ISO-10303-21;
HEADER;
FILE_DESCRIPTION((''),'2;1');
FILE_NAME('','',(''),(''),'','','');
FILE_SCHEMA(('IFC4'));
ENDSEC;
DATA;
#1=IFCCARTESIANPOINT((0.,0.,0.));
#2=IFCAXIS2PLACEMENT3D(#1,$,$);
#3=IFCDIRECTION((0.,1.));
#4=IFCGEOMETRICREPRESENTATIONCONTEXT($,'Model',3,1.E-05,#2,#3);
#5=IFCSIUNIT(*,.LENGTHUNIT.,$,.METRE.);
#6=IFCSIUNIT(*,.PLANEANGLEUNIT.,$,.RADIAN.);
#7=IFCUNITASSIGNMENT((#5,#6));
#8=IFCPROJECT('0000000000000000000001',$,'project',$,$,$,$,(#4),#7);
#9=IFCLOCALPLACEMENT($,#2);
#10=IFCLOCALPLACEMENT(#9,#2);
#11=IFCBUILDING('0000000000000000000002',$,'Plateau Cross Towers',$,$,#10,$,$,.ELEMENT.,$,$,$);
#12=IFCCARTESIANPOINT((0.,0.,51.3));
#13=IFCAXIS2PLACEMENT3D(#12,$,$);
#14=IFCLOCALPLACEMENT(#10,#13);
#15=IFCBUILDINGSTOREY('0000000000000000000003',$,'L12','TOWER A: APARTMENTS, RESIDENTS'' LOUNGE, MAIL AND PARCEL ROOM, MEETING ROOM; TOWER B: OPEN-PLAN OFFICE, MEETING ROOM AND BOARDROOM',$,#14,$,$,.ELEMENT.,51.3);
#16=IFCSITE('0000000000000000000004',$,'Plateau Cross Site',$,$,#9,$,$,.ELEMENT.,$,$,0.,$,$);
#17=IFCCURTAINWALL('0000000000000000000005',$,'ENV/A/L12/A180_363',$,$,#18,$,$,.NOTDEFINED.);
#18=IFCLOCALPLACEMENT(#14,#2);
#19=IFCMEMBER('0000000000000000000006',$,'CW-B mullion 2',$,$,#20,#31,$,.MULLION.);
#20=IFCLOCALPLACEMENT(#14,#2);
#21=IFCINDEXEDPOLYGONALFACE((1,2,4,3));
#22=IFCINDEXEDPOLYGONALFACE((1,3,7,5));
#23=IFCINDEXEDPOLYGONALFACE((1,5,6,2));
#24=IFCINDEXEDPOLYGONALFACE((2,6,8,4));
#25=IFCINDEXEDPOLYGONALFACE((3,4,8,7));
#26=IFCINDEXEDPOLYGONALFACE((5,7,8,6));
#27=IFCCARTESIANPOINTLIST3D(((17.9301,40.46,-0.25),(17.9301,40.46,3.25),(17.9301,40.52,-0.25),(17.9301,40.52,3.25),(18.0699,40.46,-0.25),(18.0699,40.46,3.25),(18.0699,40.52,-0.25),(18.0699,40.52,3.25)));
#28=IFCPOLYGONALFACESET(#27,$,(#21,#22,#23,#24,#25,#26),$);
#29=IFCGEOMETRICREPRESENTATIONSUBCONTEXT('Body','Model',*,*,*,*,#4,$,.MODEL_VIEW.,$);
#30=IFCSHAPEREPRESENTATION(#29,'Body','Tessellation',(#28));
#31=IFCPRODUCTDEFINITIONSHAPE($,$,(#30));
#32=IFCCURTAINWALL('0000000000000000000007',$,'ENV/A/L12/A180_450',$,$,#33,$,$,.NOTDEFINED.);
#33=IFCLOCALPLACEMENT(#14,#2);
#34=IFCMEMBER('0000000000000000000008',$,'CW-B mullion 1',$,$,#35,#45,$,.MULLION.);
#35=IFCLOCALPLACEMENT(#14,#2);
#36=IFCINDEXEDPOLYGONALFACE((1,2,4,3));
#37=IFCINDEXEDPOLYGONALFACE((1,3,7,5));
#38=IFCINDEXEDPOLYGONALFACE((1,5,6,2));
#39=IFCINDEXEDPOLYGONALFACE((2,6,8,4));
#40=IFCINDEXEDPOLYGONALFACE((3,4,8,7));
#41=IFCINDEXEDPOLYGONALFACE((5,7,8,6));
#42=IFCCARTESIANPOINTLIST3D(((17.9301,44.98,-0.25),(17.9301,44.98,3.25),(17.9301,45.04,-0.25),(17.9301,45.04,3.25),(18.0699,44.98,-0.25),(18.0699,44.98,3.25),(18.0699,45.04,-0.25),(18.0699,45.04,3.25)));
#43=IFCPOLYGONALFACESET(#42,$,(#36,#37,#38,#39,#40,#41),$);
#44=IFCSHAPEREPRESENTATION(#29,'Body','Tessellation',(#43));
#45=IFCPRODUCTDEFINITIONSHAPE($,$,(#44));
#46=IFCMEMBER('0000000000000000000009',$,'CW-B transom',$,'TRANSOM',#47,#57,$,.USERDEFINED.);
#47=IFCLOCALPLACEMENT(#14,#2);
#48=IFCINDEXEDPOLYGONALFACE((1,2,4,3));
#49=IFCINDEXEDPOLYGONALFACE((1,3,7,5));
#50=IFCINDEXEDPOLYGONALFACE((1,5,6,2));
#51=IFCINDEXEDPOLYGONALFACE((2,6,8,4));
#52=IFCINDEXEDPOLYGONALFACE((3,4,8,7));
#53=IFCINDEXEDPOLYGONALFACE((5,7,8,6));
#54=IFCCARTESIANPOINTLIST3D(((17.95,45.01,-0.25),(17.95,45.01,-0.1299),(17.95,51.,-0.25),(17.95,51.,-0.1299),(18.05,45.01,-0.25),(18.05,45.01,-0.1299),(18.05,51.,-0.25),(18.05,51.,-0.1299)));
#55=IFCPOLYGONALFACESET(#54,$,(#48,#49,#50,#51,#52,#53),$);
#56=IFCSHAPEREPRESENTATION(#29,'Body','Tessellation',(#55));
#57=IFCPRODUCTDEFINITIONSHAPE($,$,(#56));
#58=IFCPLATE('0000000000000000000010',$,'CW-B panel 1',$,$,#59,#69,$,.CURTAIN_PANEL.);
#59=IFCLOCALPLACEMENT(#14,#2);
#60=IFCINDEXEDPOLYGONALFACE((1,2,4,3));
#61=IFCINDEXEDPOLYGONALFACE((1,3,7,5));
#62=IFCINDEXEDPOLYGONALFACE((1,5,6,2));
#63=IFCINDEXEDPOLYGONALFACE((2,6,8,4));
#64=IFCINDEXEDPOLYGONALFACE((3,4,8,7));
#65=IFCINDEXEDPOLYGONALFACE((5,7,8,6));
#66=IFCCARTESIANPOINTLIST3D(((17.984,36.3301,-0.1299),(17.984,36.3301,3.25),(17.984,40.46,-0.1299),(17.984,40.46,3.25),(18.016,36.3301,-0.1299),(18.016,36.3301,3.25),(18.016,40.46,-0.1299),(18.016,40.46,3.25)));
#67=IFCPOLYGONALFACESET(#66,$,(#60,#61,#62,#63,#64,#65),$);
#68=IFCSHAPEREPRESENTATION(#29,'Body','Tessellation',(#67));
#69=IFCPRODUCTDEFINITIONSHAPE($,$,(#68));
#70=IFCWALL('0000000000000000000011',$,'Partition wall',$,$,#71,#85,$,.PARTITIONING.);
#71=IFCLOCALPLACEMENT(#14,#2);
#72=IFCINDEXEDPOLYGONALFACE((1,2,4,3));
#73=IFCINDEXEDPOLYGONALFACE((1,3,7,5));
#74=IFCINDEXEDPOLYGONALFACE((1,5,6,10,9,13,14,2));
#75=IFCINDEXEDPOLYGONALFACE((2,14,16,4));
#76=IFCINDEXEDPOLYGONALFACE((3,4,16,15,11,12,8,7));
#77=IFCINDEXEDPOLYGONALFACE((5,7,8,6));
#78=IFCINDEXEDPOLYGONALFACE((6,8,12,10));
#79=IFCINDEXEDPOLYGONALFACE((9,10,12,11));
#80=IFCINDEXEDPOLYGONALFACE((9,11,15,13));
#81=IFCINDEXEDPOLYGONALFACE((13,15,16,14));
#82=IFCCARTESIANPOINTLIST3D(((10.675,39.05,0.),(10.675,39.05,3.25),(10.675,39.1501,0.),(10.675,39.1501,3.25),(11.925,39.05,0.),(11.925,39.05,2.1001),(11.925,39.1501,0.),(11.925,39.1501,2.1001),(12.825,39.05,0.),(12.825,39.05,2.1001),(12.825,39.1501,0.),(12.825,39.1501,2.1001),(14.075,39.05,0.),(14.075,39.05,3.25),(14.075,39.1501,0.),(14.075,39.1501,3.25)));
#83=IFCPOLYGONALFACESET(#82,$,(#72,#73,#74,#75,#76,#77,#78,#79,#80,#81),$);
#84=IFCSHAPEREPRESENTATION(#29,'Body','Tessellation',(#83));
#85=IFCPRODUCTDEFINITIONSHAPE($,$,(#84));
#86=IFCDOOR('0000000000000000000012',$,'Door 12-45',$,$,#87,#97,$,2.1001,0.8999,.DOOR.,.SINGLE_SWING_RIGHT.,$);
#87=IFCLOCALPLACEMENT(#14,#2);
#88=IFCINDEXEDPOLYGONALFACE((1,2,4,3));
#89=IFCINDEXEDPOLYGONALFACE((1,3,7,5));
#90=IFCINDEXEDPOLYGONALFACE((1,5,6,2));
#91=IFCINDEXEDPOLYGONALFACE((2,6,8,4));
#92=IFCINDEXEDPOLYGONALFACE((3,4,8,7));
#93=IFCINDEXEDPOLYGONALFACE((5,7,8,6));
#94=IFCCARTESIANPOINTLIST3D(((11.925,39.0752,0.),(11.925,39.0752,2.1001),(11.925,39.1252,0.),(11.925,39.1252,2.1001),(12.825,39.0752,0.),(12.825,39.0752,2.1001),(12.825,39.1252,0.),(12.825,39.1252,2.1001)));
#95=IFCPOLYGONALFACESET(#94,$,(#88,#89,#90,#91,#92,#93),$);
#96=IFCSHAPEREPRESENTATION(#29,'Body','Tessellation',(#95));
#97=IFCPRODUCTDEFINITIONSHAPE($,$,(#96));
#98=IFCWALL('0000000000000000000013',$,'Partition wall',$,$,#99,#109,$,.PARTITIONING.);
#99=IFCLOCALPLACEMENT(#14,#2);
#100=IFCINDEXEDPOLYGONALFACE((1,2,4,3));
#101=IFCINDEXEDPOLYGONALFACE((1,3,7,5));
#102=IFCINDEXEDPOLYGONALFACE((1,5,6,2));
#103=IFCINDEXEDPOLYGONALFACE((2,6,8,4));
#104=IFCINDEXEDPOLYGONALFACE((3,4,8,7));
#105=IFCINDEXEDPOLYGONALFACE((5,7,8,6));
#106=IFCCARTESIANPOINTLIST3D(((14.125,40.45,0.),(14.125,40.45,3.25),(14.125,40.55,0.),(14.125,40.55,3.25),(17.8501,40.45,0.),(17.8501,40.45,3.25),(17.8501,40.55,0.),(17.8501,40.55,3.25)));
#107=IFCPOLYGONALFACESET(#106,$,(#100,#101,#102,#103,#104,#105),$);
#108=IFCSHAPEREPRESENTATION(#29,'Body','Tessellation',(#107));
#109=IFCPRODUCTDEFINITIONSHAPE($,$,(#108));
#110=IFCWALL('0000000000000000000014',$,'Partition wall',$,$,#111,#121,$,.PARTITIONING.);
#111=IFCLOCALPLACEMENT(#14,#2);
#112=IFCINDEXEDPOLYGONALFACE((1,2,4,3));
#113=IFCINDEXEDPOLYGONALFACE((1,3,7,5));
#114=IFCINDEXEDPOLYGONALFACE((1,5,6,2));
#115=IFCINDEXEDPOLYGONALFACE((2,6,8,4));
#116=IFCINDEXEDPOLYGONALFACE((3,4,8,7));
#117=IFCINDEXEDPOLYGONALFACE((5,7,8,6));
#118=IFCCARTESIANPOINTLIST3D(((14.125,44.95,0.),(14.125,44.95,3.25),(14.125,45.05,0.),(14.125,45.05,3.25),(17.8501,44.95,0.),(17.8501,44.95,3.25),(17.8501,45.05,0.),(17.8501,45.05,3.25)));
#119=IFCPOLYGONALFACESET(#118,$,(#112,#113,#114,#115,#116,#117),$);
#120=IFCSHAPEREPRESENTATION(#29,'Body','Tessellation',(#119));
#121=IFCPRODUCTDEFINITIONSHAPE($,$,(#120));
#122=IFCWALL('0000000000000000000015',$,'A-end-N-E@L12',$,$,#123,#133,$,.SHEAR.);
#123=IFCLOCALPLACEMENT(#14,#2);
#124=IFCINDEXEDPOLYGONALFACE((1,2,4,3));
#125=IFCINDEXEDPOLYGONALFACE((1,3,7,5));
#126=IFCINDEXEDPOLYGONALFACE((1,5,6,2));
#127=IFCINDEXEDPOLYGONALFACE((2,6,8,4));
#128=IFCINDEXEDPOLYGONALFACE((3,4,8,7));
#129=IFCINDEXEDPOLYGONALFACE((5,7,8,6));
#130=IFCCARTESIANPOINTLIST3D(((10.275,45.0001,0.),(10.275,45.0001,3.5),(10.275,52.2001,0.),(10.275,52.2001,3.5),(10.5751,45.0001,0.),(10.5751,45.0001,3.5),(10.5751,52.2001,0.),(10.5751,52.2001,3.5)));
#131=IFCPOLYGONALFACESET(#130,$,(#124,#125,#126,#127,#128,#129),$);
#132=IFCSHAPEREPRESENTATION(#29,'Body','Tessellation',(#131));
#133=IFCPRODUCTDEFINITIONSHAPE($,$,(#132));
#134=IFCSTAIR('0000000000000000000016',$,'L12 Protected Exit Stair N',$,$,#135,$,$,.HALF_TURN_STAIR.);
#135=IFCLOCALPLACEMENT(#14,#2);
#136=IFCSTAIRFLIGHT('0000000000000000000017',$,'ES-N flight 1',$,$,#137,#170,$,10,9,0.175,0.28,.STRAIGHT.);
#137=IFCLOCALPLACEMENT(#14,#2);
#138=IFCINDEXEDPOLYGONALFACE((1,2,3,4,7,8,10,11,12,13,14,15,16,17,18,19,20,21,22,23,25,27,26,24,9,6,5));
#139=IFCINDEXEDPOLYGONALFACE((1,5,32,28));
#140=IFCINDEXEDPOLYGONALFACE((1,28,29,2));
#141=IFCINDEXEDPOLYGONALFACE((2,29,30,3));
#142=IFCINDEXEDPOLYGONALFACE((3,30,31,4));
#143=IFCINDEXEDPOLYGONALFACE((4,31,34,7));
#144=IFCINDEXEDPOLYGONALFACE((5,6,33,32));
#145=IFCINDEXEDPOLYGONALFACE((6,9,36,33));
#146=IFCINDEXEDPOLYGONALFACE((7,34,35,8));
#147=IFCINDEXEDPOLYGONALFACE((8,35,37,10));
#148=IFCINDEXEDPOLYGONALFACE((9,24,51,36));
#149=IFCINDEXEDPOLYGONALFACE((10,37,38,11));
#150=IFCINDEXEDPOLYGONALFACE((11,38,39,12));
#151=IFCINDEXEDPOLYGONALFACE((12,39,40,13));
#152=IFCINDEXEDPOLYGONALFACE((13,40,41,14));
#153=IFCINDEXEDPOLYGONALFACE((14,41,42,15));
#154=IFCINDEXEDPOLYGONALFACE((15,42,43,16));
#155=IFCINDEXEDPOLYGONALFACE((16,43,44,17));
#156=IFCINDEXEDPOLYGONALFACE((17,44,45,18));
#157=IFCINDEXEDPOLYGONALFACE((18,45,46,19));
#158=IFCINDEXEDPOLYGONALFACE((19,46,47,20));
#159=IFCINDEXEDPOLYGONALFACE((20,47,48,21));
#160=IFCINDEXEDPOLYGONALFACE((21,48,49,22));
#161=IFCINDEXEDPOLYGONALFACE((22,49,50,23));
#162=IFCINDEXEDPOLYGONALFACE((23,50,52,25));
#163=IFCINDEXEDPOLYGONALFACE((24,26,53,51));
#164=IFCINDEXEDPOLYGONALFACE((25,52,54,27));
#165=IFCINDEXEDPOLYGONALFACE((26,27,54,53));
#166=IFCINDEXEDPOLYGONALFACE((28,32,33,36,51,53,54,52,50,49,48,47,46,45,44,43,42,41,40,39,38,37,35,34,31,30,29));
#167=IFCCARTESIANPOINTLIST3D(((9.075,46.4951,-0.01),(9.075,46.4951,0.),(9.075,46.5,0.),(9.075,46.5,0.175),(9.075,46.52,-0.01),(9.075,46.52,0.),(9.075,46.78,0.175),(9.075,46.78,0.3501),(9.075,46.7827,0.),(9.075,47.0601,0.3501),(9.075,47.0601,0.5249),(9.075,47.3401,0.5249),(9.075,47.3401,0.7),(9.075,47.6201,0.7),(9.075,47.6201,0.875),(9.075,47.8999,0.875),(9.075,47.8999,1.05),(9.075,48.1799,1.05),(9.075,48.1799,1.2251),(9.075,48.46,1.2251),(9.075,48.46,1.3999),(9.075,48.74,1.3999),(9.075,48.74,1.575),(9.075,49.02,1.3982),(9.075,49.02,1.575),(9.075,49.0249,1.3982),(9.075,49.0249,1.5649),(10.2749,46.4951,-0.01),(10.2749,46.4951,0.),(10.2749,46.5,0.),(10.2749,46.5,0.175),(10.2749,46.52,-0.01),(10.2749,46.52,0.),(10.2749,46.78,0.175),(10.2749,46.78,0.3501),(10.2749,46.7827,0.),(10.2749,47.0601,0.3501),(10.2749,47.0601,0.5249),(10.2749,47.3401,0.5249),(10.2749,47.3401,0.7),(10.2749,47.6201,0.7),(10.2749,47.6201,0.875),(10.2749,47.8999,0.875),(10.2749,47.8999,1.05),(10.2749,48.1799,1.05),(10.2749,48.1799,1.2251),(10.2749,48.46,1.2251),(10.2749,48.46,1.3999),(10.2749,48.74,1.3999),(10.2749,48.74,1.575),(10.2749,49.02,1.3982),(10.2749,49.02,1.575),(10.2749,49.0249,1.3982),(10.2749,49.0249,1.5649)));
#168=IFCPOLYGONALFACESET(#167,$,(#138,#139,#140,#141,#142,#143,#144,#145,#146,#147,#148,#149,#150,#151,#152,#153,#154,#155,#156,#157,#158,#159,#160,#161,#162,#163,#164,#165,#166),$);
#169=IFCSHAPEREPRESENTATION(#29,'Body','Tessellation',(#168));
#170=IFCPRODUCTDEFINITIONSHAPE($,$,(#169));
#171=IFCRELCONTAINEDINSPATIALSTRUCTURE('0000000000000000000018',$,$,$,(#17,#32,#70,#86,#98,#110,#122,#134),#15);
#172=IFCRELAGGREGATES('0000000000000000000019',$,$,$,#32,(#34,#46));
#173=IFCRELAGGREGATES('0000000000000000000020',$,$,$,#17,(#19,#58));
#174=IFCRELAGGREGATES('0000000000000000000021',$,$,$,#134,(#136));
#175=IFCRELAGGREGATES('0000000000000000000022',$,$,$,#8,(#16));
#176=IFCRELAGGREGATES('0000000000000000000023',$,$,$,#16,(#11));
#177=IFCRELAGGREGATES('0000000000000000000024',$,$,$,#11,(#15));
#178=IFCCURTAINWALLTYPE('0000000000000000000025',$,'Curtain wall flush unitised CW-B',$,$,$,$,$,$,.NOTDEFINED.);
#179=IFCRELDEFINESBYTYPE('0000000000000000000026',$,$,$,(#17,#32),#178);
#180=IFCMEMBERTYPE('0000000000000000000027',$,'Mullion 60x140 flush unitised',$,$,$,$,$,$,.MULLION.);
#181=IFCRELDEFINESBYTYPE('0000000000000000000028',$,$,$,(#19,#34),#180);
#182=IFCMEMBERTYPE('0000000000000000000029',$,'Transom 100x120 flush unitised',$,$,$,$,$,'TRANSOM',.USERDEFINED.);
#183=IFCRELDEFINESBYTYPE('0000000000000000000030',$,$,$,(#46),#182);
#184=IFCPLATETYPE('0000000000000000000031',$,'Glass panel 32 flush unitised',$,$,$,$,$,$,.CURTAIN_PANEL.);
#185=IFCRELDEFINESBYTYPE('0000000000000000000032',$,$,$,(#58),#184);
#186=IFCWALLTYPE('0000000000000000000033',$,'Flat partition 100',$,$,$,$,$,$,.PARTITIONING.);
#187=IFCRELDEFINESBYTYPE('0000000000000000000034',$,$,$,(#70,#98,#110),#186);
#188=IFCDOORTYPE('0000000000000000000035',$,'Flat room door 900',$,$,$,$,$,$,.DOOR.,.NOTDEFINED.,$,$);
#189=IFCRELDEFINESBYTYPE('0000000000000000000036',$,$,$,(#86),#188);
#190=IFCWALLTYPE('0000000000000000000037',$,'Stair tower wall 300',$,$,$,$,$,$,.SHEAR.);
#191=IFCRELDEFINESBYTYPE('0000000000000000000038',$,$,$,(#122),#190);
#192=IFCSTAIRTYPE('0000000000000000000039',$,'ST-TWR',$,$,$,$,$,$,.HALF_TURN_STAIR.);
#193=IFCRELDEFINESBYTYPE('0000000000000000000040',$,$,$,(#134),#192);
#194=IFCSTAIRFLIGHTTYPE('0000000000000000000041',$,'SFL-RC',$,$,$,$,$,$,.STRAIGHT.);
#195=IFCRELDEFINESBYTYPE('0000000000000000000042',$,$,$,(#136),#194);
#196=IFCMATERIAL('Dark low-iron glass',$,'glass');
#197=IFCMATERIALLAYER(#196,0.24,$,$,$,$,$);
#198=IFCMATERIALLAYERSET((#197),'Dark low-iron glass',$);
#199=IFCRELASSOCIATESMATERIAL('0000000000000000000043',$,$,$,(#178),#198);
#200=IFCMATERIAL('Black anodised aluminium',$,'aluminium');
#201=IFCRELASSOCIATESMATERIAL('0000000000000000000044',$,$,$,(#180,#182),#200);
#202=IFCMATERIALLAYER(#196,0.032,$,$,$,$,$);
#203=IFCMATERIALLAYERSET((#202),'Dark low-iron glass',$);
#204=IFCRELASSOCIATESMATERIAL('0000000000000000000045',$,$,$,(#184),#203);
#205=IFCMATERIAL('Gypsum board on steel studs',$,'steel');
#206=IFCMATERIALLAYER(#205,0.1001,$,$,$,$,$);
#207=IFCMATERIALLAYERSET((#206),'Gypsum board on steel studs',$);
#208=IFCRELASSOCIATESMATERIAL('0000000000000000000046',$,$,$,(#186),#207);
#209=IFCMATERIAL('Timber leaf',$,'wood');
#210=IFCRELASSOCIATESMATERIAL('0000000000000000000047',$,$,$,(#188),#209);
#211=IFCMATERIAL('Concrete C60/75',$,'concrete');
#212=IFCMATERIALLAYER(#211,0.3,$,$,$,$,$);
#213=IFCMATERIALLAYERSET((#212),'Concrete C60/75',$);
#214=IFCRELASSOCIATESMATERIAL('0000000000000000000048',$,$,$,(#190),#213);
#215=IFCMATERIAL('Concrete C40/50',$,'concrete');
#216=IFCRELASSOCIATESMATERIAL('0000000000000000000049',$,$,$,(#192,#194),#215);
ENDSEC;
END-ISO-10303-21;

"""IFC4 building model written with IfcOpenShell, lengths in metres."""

from ifc_helpers import new_model, si_unit, direction, frame, frame_2d, origin, origin_2d, place, context, subcontext, project, spatial, polyline, rectangle, outline, extrude, material, layer, layer_set, material_profile, profile_set, type_object, element, fill, aggregate, save


model = new_model("IFC4")

# Units and contexts
model_context = context("Model", 3, precision=1e-05, world=origin(), true_north=direction((0.0, 1.0)))
body_context = subcontext(model_context, "Body", "Model", "MODEL_VIEW")
ifc_project = project(units=[si_unit("LENGTHUNIT", "METRE"), si_unit("PLANEANGLEUNIT", "RADIAN")], contexts=[model_context])

# Site, building, storey
site_placement = place(None, origin())
site = spatial("IfcSite", under=ifc_project, at=site_placement, Name="Plateau Cross Site", CompositionType="ELEMENT", RefElevation=0.0)
building_placement = place(site_placement, origin())
building = spatial("IfcBuilding", under=site, at=building_placement, Name="Plateau Cross Towers", CompositionType="ELEMENT")
storey_placement = place(building_placement, frame((0.0, 0.0, 51.3)))
storey = spatial("IfcBuildingStorey", under=building, at=storey_placement, Name="L12", Description="TOWER A: APARTMENTS, RESIDENTS' LOUNGE, MAIL AND PARCEL ROOM, MEETING ROOM; TOWER B: OPEN-PLAN OFFICE, MEETING ROOM AND BOARDROOM", CompositionType="ELEMENT", Elevation=51.3)

# Curtain wall, member
ifc_material_1 = material(Name="Dark low-iron glass", Category="glass")
ifc_layer_1 = layer(ifc_material_1, 0.24)
ifc_layer_set_1 = layer_set([ifc_layer_1], Name="Dark low-iron glass")
curtain_wall_type = type_object("IfcCurtainWallType", Name="Curtain wall flush unitised CW-B", PredefinedType="NOTDEFINED", material=ifc_layer_set_1)
curtain_wall_1_placement = place(storey_placement, origin())
curtain_wall_1 = element("IfcCurtainWall", 1, at=curtain_wall_1_placement, inside=storey, type_object=curtain_wall_type, Name="ENV/A/L12/A180_363", PredefinedType="NOTDEFINED")
ifc_material_2 = material(Name="Black anodised aluminium", Category="aluminium")
ifc_material_profile_1 = material_profile(ifc_material_2, rectangle(XDim=0.0601, YDim=0.1399, at=origin_2d()), Name="MULLION 60x140")
ifc_profile_set_1 = profile_set([ifc_material_profile_1], Name="Black anodised aluminium")
member_type_1 = type_object("IfcMemberType", Name="Mullion 60x140 flush unitised", PredefinedType="MULLION", material=ifc_profile_set_1)
member_1_placement = place(storey_placement, frame((18.0, 40.49, -0.25), z_axis=(0.0, 0.0, 1.0), x_axis=(0.0, 1.0, 0.0)))
member_1 = element("IfcMember", 2, at=member_1_placement, type_object=member_type_1, Name="CW-B mullion 2", PredefinedType="MULLION", context=body_context, shape_type="SweptSolid", body=[
    extrude(rectangle(XDim=0.0601, YDim=0.1399, at=origin_2d()), origin(), (0.0, 0.0, 1.0), 3.5),
])

# Curtain wall, members
curtain_wall_2_placement = place(storey_placement, origin())
curtain_wall_2 = element("IfcCurtainWall", 3, at=curtain_wall_2_placement, inside=storey, type_object=curtain_wall_type, Name="ENV/A/L12/A180_450", PredefinedType="NOTDEFINED")
member_2_placement = place(storey_placement, frame((18.0, 45.01, -0.25), z_axis=(0.0, 0.0, 1.0), x_axis=(0.0, 1.0, 0.0)))
member_2 = element("IfcMember", 4, at=member_2_placement, type_object=member_type_1, Name="CW-B mullion 1", PredefinedType="MULLION", context=body_context, shape_type="SweptSolid", body=[
    extrude(rectangle(XDim=0.0601, YDim=0.1399, at=origin_2d()), origin(), (0.0, 0.0, 1.0), 3.5),
])
ifc_material_profile_2 = material_profile(ifc_material_2, rectangle(XDim=0.1001, YDim=0.1201, at=origin_2d()), Name="TRANSOM 100x120")
ifc_profile_set_2 = profile_set([ifc_material_profile_2], Name="Black anodised aluminium")
member_type_2 = type_object("IfcMemberType", Name="Transom 100x120 flush unitised", ElementType="TRANSOM", PredefinedType="USERDEFINED", material=ifc_profile_set_2)
member_3_placement = place(storey_placement, frame((18.0, 45.01, -0.1899), z_axis=(0.0, 1.0, 0.0), x_axis=(-1.0, 0.0, 0.0)))
member_3 = element("IfcMember", 5, at=member_3_placement, type_object=member_type_2, Name="CW-B transom", ObjectType="TRANSOM", PredefinedType="USERDEFINED", context=body_context, shape_type="SweptSolid", body=[
    extrude(rectangle(XDim=0.1001, YDim=0.1201, at=origin_2d()), origin(), (0.0, 0.0, 1.0), 5.99),
])
aggregate(curtain_wall_2, [member_2, member_3])

# Plate
ifc_layer_2 = layer(ifc_material_1, 0.032)
ifc_layer_set_2 = layer_set([ifc_layer_2], Name="Dark low-iron glass")
plate_type = type_object("IfcPlateType", Name="Glass panel 32 flush unitised", PredefinedType="CURTAIN_PANEL", material=ifc_layer_set_2)
plate_placement = place(storey_placement, frame((18.0, 38.395, -0.1299), z_axis=(0.0, 0.0, 1.0), x_axis=(0.0, 1.0, 0.0)))
plate = element("IfcPlate", 6, at=plate_placement, type_object=plate_type, Name="CW-B panel 1", PredefinedType="CURTAIN_PANEL", context=body_context, shape_type="SweptSolid", body=[
    extrude(rectangle(XDim=4.1299, YDim=0.032, at=origin_2d()), origin(), (0.0, 0.0, 1.0), 3.3799),
])
aggregate(curtain_wall_1, [member_1, plate])

# Wall, opening, door
ifc_material_3 = material(Name="Gypsum board on steel studs", Category="steel")
ifc_layer_3 = layer(ifc_material_3, 0.1001)
ifc_layer_set_3 = layer_set([ifc_layer_3], Name="Gypsum board on steel studs")
wall_type_1 = type_object("IfcWallType", Name="Flat partition 100", PredefinedType="PARTITIONING", material=ifc_layer_set_3)
wall_1_placement = place(storey_placement, frame((14.075, 39.1001, 0.0), z_axis=(0.0, 0.0, 1.0), x_axis=(-1.0, 0.0, 0.0)))
wall_1 = element("IfcWall", 7, at=wall_1_placement, inside=storey, type_object=wall_type_1, Name="Partition wall", PredefinedType="PARTITIONING", context=body_context, shape_type="SweptSolid", body=[
    extrude(rectangle(XDim=3.3999, YDim=0.1001, at=frame_2d((1.7, 0.0))), origin(), (0.0, 0.0, 1.0), 3.25),
])
opening_1_placement = place(wall_1_placement, frame((1.25, 0.0, 0.0)))
opening_1 = element("IfcOpeningElement", 8, at=opening_1_placement, cuts=wall_1, PredefinedType="OPENING", context=body_context, shape_type="SweptSolid", body=[
    extrude(rectangle(XDim=0.8999, YDim=2.1001, at=frame_2d((0.45, 1.05))), frame((0.0, 0.0601, 0.0), z_axis=(0.0, -1.0, 0.0), x_axis=(1.0, 0.0, 0.0)), (0.0, 0.0, 1.0), 0.1201),
])
ifc_material_4 = material(Name="Timber leaf", Category="wood")
door_type_1 = type_object("IfcDoorType", Name="Flat room door 900", OperationType="NOTDEFINED", PredefinedType="DOOR", material=ifc_material_4)
door_1_placement = place(opening_1_placement, origin())
door_1 = element("IfcDoor", 9, at=door_1_placement, inside=storey, type_object=door_type_1, Name="Door 12-45", OperationType="SINGLE_SWING_RIGHT", OverallHeight=2.1001, OverallWidth=0.8999, PredefinedType="DOOR", context=body_context, shape_type="SweptSolid", body=[
    extrude(rectangle(XDim=0.8999, YDim=2.1001, at=frame_2d((0.45, 1.05))), frame((0.0, 0.0249, 0.0), z_axis=(0.0, -1.0, 0.0), x_axis=(1.0, 0.0, 0.0)), (0.0, 0.0, 1.0), 0.05),
])
fill(opening_1, door_1)

# Walls
for number, where, z_axis, x_axis, name in (
    (10, (14.125, 40.5, 0.0), (0.0, 0.0, 1.0), (1.0, 0.0, 0.0), "Partition wall"),
    (11, (17.8501, 45.0, 0.0), (0.0, 0.0, 1.0), (-1.0, 0.0, 0.0), "Partition wall"),
):
    element("IfcWall", number, at=place(storey_placement, frame(where, z_axis=z_axis, x_axis=x_axis)), inside=storey, type_object=wall_type_1, Name=name, PredefinedType="PARTITIONING", context=body_context, shape_type="SweptSolid", body=[
        extrude(rectangle(XDim=3.7251, YDim=0.1001, at=frame_2d((1.8625, 0.0))), origin(), (0.0, 0.0, 1.0), 3.25),
    ])
ifc_material_5 = material(Name="Concrete C60/75", Category="concrete")
ifc_layer_4 = layer(ifc_material_5, 0.3)
ifc_layer_set_4 = layer_set([ifc_layer_4], Name="Concrete C60/75")
wall_type_2 = type_object("IfcWallType", Name="Stair tower wall 300", PredefinedType="SHEAR", material=ifc_layer_set_4)
wall_2_placement = place(storey_placement, frame((10.425, 45.0, 0.0), z_axis=(0.0, 0.0, 1.0), x_axis=(0.0, 1.0, 0.0)))
element("IfcWall", 12, at=wall_2_placement, inside=storey, type_object=wall_type_2, Name="A-end-N-E@L12", PredefinedType="SHEAR", context=body_context, shape_type="SweptSolid", body=[
    extrude(rectangle(XDim=7.2, YDim=0.3, at=frame_2d((3.6001, 0.0))), origin(), (0.0, 0.0, 1.0), 3.5),
])

# Stair, stair flight
ifc_material_6 = material(Name="Concrete C40/50", Category="concrete")
stair_type = type_object("IfcStairType", Name="ST-TWR", PredefinedType="HALF_TURN_STAIR", material=ifc_material_6)
stair_placement = place(storey_placement, origin())
stair = element("IfcStair", 13, at=stair_placement, inside=storey, type_object=stair_type, Name="L12 Protected Exit Stair N", PredefinedType="HALF_TURN_STAIR")
stair_flight_type = type_object("IfcStairFlightType", Name="SFL-RC", PredefinedType="STRAIGHT", material=ifc_material_6)
stair_flight_placement = place(storey_placement, frame((9.675, 46.5, 0.0), z_axis=(0.0, 0.0, 1.0), x_axis=(0.0, 1.0, 0.0)))
stair_flight = element("IfcStairFlight", 14, at=stair_flight_placement, type_object=stair_flight_type, Name="ES-N flight 1", NumberOfRisers=10, NumberOfTreads=9, PredefinedType="STRAIGHT", RiserHeight=0.175, TreadLength=0.28, context=body_context, shape_type="SweptSolid", body=[
    extrude(outline(polyline([(-0.0049, -0.01), (-0.0049, 0.0), (0.0, 0.0), (0.0, 0.175), (0.28, 0.175), (0.28, 0.3501), (0.5601, 0.3501), (0.5601, 0.5249), (0.8401, 0.5249), (0.8401, 0.7), (1.1201, 0.7), (1.1201, 0.875), (1.3999, 0.875), (1.3999, 1.05), (1.6799, 1.05), (1.6799, 1.2251), (1.96, 1.2251), (1.96, 1.3999), (2.24, 1.3999), (2.24, 1.575), (2.52, 1.575), (2.5249, 1.5649), (2.5249, 1.3982), (2.52, 1.3982), (0.2827, 0.0), (0.02, 0.0), (0.02, -0.01), (-0.0049, -0.01)])), frame((0.0, 0.6001, 0.0), z_axis=(0.0, -1.0, 0.0), x_axis=(1.0, 0.0, 0.0)), (0.0, 0.0, 1.0), 1.2),
])
aggregate(stair, [stair_flight])

save(model, "model.ifc")
